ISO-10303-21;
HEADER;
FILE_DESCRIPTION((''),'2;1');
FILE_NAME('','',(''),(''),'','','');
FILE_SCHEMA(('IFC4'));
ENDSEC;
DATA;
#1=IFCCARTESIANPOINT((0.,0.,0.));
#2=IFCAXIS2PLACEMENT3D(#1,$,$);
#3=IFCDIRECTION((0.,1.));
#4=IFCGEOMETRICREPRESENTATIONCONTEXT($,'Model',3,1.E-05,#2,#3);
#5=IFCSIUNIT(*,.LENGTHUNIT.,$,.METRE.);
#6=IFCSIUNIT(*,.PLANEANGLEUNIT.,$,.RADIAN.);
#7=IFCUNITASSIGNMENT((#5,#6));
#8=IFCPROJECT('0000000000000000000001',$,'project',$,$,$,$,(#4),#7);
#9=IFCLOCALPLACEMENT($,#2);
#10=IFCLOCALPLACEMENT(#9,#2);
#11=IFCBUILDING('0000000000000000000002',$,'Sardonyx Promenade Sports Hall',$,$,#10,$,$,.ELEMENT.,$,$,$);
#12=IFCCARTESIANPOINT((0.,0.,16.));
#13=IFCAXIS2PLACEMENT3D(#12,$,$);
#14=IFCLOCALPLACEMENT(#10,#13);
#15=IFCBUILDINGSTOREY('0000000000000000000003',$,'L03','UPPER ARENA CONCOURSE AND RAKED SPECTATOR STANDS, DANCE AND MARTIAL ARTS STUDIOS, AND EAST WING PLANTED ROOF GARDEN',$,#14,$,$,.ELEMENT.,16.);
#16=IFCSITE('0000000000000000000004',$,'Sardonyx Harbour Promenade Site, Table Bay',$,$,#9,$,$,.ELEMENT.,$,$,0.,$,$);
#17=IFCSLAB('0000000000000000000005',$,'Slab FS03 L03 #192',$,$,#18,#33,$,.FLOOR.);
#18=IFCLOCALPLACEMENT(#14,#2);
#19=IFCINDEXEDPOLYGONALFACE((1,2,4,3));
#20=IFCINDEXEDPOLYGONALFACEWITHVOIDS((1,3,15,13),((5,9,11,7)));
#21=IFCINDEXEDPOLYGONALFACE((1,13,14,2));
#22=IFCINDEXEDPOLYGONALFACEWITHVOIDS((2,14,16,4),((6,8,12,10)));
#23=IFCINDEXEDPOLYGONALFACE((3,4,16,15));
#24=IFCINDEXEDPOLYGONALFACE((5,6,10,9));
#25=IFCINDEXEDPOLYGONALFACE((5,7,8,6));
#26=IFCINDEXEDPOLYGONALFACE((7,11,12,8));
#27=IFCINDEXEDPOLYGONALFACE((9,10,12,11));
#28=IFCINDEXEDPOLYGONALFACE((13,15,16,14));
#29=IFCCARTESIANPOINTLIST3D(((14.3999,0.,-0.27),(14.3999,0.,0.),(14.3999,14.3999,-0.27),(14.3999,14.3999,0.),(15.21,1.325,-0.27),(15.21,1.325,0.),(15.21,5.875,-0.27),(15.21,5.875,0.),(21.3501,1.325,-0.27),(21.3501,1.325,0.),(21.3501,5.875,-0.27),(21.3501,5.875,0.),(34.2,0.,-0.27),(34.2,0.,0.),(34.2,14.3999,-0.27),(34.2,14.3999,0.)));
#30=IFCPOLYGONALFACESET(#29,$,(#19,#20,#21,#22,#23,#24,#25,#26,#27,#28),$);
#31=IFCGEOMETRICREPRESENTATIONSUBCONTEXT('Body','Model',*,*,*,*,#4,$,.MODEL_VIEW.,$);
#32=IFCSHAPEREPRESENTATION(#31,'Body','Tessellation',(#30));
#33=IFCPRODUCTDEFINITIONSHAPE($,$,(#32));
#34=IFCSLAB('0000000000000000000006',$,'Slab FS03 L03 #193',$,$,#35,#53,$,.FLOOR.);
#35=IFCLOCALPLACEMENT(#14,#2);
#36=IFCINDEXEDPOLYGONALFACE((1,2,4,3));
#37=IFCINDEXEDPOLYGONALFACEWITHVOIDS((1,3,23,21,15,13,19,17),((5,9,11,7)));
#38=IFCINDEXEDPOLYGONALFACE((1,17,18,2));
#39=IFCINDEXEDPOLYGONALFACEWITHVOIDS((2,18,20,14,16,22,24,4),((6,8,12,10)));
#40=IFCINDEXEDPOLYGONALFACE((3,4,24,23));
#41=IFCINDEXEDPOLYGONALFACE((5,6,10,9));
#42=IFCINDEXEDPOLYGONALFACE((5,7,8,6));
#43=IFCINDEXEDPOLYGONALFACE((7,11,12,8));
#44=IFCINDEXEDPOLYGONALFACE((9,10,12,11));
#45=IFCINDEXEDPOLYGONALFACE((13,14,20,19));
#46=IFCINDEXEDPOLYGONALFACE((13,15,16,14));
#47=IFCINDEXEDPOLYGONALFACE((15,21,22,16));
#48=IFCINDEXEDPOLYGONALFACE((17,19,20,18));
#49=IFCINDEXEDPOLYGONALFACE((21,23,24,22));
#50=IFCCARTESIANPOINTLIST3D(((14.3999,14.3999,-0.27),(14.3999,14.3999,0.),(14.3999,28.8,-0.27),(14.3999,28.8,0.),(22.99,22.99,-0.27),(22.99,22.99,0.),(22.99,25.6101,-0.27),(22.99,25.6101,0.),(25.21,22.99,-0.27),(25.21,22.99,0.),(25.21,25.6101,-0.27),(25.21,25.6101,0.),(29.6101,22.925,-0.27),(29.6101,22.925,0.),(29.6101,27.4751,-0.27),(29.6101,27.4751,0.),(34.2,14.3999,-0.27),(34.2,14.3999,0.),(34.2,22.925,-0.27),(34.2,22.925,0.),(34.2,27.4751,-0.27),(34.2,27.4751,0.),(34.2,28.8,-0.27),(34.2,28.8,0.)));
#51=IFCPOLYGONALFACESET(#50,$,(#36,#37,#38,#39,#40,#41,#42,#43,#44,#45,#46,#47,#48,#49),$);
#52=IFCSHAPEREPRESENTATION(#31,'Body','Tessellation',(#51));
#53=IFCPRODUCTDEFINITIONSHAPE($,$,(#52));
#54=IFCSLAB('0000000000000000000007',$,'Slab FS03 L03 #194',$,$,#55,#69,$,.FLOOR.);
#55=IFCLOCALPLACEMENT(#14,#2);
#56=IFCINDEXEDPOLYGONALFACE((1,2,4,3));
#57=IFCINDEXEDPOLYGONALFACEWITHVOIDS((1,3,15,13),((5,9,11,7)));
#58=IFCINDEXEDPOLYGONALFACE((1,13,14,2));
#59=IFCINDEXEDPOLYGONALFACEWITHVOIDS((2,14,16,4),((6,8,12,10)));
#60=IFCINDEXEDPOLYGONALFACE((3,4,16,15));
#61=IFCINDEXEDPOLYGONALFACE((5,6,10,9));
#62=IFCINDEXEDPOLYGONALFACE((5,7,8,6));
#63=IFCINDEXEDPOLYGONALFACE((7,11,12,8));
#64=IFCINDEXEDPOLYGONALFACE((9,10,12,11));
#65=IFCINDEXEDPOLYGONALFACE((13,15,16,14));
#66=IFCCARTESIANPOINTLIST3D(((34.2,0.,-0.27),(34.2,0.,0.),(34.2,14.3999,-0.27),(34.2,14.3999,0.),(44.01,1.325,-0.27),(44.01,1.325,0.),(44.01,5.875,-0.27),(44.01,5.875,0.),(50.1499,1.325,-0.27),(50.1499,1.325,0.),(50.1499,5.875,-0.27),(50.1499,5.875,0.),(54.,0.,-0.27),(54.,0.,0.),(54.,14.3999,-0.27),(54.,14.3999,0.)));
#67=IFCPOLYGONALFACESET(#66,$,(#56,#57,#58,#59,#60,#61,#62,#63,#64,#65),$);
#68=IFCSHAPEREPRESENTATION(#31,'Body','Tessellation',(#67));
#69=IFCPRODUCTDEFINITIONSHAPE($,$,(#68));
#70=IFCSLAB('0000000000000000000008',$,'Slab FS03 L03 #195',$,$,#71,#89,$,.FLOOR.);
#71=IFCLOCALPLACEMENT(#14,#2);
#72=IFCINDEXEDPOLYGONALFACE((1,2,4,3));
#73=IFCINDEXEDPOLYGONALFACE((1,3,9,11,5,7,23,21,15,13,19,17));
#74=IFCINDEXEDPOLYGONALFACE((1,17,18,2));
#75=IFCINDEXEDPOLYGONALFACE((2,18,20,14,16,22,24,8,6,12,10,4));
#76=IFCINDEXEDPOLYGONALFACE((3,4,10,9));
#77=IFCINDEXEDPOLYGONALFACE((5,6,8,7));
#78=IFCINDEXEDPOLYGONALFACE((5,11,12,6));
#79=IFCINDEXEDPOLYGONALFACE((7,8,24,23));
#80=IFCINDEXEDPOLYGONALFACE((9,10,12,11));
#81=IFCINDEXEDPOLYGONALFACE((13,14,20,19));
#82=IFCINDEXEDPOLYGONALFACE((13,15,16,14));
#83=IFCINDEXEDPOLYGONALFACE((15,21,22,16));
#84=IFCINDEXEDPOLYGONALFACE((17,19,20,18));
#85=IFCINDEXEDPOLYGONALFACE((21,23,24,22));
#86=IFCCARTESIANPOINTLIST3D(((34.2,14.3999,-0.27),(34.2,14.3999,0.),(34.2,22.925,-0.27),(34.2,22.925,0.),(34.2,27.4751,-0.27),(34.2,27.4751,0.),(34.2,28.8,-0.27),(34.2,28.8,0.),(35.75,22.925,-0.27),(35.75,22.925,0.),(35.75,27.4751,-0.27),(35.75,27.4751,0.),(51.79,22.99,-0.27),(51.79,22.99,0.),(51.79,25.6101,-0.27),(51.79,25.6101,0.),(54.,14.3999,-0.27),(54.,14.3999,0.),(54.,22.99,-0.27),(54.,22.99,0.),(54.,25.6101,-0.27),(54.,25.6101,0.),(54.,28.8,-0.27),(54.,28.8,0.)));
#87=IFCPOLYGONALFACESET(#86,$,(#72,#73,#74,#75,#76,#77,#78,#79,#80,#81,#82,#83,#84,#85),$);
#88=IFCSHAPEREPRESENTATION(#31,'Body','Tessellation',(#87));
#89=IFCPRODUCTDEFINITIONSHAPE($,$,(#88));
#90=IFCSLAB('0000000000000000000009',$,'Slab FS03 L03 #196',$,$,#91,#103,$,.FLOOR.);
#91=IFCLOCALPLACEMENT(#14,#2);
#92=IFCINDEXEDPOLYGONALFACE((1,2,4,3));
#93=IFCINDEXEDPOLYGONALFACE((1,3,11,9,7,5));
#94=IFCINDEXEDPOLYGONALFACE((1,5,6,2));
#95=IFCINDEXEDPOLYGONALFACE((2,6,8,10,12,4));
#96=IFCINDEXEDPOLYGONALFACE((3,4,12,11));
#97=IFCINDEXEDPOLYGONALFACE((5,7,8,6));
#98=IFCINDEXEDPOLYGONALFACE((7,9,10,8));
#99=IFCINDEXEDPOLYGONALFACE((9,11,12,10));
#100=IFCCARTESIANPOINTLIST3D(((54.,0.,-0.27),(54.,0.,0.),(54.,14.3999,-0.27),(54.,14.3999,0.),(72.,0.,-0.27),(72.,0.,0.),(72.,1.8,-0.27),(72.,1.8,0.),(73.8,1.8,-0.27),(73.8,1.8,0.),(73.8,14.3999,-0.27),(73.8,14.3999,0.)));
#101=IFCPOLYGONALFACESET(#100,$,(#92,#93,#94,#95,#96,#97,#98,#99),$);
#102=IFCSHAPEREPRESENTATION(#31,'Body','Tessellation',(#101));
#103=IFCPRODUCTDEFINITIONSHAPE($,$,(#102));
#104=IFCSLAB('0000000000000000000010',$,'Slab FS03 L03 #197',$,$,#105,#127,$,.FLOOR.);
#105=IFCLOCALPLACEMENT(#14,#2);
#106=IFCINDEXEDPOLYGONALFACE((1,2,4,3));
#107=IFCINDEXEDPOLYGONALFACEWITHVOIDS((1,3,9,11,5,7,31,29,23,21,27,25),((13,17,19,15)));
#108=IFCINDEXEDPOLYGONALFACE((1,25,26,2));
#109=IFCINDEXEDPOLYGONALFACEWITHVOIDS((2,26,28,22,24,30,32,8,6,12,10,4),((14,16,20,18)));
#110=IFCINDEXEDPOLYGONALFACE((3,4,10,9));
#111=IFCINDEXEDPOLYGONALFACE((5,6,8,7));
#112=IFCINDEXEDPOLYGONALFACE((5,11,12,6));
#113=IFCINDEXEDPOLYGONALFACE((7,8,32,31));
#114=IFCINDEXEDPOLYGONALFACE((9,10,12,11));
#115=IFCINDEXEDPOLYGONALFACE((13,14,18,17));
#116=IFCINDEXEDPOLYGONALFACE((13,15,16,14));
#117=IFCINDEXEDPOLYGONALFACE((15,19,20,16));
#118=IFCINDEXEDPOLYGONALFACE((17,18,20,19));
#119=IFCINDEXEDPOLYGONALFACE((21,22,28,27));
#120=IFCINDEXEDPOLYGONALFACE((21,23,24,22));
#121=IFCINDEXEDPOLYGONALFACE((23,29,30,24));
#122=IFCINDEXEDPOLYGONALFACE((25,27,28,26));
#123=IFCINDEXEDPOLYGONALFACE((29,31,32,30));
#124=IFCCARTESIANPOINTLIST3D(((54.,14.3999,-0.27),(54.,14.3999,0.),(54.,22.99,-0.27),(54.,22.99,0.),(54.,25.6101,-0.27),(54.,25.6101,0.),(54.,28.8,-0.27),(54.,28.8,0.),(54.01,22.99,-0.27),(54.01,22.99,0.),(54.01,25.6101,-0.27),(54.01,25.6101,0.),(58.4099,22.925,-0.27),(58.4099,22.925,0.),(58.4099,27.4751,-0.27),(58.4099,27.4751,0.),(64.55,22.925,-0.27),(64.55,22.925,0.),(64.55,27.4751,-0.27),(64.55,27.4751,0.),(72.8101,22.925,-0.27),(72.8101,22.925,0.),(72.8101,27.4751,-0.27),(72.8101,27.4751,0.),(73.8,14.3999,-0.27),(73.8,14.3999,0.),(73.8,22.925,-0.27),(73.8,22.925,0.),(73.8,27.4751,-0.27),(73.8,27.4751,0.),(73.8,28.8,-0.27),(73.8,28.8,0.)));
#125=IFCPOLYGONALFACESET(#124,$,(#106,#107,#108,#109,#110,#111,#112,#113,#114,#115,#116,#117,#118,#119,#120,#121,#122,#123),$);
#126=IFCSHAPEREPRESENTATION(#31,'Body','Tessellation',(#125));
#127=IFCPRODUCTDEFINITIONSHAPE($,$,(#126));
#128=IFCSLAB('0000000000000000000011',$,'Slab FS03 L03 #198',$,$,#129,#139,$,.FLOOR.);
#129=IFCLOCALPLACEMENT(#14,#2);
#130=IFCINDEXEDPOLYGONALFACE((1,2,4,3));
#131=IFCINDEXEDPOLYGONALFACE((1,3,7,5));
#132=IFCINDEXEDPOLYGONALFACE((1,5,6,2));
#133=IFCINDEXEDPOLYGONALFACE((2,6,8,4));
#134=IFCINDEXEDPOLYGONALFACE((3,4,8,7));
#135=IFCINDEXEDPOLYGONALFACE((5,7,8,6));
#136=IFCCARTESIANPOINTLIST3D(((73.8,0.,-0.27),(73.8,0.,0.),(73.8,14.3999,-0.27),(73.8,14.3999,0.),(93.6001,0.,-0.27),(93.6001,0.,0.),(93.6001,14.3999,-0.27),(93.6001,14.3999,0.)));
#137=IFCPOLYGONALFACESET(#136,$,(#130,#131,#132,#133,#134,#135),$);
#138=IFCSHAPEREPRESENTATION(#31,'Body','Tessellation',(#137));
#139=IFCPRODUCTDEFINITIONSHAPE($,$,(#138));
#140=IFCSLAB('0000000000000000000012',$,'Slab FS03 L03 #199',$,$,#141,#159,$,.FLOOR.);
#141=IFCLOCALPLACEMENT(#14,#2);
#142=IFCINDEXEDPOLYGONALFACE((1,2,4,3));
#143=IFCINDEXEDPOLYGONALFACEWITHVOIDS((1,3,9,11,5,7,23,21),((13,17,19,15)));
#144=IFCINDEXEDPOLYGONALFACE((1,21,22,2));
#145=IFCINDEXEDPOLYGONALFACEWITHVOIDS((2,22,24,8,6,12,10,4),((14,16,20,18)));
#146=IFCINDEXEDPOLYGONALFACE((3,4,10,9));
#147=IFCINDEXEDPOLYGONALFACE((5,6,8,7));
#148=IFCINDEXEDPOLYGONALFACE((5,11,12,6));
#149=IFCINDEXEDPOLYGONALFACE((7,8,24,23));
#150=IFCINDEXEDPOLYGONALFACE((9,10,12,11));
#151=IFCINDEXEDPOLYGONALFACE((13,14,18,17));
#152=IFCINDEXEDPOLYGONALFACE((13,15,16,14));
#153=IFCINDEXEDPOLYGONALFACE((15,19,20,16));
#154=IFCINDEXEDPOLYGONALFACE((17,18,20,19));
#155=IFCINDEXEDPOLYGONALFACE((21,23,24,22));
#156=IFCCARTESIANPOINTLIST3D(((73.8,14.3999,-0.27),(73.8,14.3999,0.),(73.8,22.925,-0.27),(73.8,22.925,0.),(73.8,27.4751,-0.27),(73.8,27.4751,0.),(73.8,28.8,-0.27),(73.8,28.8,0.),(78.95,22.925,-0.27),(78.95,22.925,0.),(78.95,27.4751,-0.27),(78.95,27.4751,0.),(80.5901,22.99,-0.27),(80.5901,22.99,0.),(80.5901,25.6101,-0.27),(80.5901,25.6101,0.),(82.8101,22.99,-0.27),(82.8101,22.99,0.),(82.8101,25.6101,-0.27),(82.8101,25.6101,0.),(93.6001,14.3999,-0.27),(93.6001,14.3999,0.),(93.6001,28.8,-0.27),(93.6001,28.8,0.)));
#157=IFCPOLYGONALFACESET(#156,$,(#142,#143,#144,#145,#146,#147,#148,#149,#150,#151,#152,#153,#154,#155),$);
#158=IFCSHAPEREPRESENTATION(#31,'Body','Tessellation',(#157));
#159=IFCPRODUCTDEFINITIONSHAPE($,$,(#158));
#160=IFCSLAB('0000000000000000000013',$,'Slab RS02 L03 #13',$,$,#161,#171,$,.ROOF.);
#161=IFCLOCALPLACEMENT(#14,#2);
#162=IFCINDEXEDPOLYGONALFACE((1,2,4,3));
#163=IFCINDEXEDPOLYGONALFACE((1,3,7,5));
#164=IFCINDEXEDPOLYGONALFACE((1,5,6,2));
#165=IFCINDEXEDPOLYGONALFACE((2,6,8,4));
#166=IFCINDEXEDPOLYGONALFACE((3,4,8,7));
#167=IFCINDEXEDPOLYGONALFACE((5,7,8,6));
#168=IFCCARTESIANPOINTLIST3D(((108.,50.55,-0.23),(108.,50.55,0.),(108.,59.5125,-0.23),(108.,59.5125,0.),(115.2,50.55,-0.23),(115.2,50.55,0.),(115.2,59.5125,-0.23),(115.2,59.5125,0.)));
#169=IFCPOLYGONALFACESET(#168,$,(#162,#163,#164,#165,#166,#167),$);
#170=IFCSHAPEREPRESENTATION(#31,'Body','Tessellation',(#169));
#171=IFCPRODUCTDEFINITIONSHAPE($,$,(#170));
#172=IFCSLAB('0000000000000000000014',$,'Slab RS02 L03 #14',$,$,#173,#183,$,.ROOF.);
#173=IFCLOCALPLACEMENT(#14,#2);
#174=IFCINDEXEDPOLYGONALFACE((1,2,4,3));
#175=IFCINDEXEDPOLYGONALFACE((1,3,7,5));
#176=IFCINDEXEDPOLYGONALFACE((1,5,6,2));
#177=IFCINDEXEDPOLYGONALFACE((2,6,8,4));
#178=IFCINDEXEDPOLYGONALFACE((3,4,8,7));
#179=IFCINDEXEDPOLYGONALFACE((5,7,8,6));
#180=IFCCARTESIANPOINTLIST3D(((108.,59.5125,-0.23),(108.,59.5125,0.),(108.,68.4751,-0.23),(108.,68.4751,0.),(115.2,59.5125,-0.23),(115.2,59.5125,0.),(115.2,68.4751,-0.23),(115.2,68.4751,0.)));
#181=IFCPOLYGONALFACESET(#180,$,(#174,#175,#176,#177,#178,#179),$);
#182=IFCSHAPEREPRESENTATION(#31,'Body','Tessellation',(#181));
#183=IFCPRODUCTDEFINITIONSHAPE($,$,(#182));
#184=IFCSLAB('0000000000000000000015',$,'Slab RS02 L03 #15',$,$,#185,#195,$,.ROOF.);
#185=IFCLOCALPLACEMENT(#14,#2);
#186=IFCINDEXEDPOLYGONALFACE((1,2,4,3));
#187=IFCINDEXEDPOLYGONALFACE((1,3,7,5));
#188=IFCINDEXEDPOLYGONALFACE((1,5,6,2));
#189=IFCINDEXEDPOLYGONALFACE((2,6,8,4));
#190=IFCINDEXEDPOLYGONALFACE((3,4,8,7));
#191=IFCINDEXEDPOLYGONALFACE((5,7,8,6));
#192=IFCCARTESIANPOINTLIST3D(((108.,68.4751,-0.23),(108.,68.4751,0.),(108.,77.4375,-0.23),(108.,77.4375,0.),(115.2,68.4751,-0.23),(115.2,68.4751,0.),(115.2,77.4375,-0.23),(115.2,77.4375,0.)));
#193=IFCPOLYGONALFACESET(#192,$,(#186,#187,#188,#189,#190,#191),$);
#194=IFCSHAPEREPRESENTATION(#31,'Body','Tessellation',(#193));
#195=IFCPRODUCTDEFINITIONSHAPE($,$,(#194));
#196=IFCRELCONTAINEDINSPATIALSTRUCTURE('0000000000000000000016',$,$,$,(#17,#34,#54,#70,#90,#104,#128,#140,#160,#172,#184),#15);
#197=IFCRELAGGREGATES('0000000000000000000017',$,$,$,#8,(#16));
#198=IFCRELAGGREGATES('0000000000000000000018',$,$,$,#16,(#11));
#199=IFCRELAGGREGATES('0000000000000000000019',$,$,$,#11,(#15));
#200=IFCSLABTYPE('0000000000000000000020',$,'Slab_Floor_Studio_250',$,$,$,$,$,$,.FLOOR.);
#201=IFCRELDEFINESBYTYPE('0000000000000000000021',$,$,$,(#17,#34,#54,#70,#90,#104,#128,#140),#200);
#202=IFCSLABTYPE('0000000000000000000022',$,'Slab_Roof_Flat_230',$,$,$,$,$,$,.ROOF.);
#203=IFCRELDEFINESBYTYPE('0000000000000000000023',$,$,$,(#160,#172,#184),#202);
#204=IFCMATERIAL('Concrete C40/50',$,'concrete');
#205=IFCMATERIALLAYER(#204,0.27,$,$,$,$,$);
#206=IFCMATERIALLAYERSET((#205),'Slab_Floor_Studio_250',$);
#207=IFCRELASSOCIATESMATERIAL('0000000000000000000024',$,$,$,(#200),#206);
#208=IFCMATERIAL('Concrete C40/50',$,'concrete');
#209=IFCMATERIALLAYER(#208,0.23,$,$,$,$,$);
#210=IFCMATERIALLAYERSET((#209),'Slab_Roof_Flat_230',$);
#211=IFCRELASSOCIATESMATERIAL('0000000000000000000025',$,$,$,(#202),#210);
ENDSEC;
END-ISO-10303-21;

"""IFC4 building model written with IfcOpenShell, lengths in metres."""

from ifc_helpers import new_model, si_unit, direction, frame, origin, place, context, subcontext, project, spatial, polyline, outline, extrude, material, layer, layer_set, type_object, element, save


model = new_model("IFC4")

# Units and contexts
model_context = context("Model", 3, precision=1e-05, world=origin(), true_north=direction((0.0, 1.0)))
body_context = subcontext(model_context, "Body", "Model", "MODEL_VIEW")
ifc_project = project(units=[si_unit("LENGTHUNIT", "METRE"), si_unit("PLANEANGLEUNIT", "RADIAN")], contexts=[model_context])

# Site, building, storey
site_placement = place(None, origin())
site = spatial("IfcSite", under=ifc_project, at=site_placement, Name="Sardonyx Harbour Promenade Site, Table Bay", CompositionType="ELEMENT", RefElevation=0.0)
building_placement = place(site_placement, origin())
building = spatial("IfcBuilding", under=site, at=building_placement, Name="Sardonyx Promenade Sports Hall", CompositionType="ELEMENT")
storey_placement = place(building_placement, frame((0.0, 0.0, 16.0)))
storey = spatial("IfcBuildingStorey", under=building, at=storey_placement, Name="L03", Description="UPPER ARENA CONCOURSE AND RAKED SPECTATOR STANDS, DANCE AND MARTIAL ARTS STUDIOS, AND EAST WING PLANTED ROOF GARDEN", CompositionType="ELEMENT", Elevation=16.0)

# Slabs
ifc_material_1 = material(Name="Concrete C40/50", Category="concrete")
ifc_layer_1 = layer(ifc_material_1, 0.27)
ifc_layer_set_1 = layer_set([ifc_layer_1], Name="Slab_Floor_Studio_250")
slab_type_1 = type_object("IfcSlabType", Name="Slab_Floor_Studio_250", PredefinedType="FLOOR", material=ifc_layer_set_1)
slab_1_placement = place(storey_placement, frame((0.0, 0.0, -0.27)))
element("IfcSlab", 1, at=slab_1_placement, inside=storey, type_object=slab_type_1, Name="Slab FS03 L03 #192", PredefinedType="FLOOR", context=body_context, shape_type="SweptSolid", body=[
    extrude(outline(polyline([(14.3999, 14.3999), (14.3999, 0.0), (34.2, 0.0), (34.2, 14.3999), (14.3999, 14.3999)]), holes=[polyline([(15.21, 5.875), (21.3501, 5.875), (21.3501, 1.325), (15.21, 1.325), (15.21, 5.875)])]), origin(), (0.0, 0.0, 1.0), 0.27),
])
slab_2_placement = place(storey_placement, frame((0.0, 0.0, -0.27)))
element("IfcSlab", 2, at=slab_2_placement, inside=storey, type_object=slab_type_1, Name="Slab FS03 L03 #193", PredefinedType="FLOOR", context=body_context, shape_type="SweptSolid", body=[
    extrude(outline(polyline([(34.2, 14.3999), (34.2, 22.925), (29.6101, 22.925), (29.6101, 27.4751), (34.2, 27.4751), (34.2, 28.8), (14.3999, 28.8), (14.3999, 14.3999), (34.2, 14.3999)]), holes=[polyline([(22.99, 25.6101), (25.21, 25.6101), (25.21, 22.99), (22.99, 22.99), (22.99, 25.6101)])]), origin(), (0.0, 0.0, 1.0), 0.27),
])
slab_3_placement = place(storey_placement, frame((0.0, 0.0, -0.27)))
element("IfcSlab", 3, at=slab_3_placement, inside=storey, type_object=slab_type_1, Name="Slab FS03 L03 #194", PredefinedType="FLOOR", context=body_context, shape_type="SweptSolid", body=[
    extrude(outline(polyline([(34.2, 14.3999), (34.2, 0.0), (54.0, 0.0), (54.0, 14.3999), (34.2, 14.3999)]), holes=[polyline([(44.01, 5.875), (50.1499, 5.875), (50.1499, 1.325), (44.01, 1.325), (44.01, 5.875)])]), origin(), (0.0, 0.0, 1.0), 0.27),
])
slab_4_placement = place(storey_placement, frame((0.0, 0.0, -0.27)))
element("IfcSlab", 4, at=slab_4_placement, inside=storey, type_object=slab_type_1, Name="Slab FS03 L03 #195", PredefinedType="FLOOR", context=body_context, shape_type="SweptSolid", body=[
    extrude(outline(polyline([(54.0, 14.3999), (54.0, 22.99), (51.79, 22.99), (51.79, 25.6101), (54.0, 25.6101), (54.0, 28.8), (34.2, 28.8), (34.2, 27.4751), (35.75, 27.4751), (35.75, 22.925), (34.2, 22.925), (34.2, 14.3999), (54.0, 14.3999)])), origin(), (0.0, 0.0, 1.0), 0.27),
])
slab_5_placement = place(storey_placement, frame((0.0, 0.0, -0.27)))
element("IfcSlab", 5, at=slab_5_placement, inside=storey, type_object=slab_type_1, Name="Slab FS03 L03 #196", PredefinedType="FLOOR", context=body_context, shape_type="SweptSolid", body=[
    extrude(outline(polyline([(54.0, 0.0), (72.0, 0.0), (72.0, 1.8), (73.8, 1.8), (73.8, 14.3999), (54.0, 14.3999), (54.0, 0.0)])), origin(), (0.0, 0.0, 1.0), 0.27),
])
slab_6_placement = place(storey_placement, frame((0.0, 0.0, -0.27)))
element("IfcSlab", 6, at=slab_6_placement, inside=storey, type_object=slab_type_1, Name="Slab FS03 L03 #197", PredefinedType="FLOOR", context=body_context, shape_type="SweptSolid", body=[
    extrude(outline(polyline([(73.8, 14.3999), (73.8, 22.925), (72.8101, 22.925), (72.8101, 27.4751), (73.8, 27.4751), (73.8, 28.8), (54.0, 28.8), (54.0, 25.6101), (54.01, 25.6101), (54.01, 22.99), (54.0, 22.99), (54.0, 14.3999), (73.8, 14.3999)]), holes=[polyline([(58.4099, 27.4751), (64.55, 27.4751), (64.55, 22.925), (58.4099, 22.925), (58.4099, 27.4751)])]), origin(), (0.0, 0.0, 1.0), 0.27),
])
slab_7_placement = place(storey_placement, frame((0.0, 0.0, -0.27)))
element("IfcSlab", 7, at=slab_7_placement, inside=storey, type_object=slab_type_1, Name="Slab FS03 L03 #198", PredefinedType="FLOOR", context=body_context, shape_type="SweptSolid", body=[
    extrude(outline(polyline([(73.8, 0.0), (93.6001, 0.0), (93.6001, 14.3999), (73.8, 14.3999), (73.8, 0.0)])), origin(), (0.0, 0.0, 1.0), 0.27),
])
slab_8_placement = place(storey_placement, frame((0.0, 0.0, -0.27)))
element("IfcSlab", 8, at=slab_8_placement, inside=storey, type_object=slab_type_1, Name="Slab FS03 L03 #199", PredefinedType="FLOOR", context=body_context, shape_type="SweptSolid", body=[
    extrude(outline(polyline([(73.8, 28.8), (73.8, 27.4751), (78.95, 27.4751), (78.95, 22.925), (73.8, 22.925), (73.8, 14.3999), (93.6001, 14.3999), (93.6001, 28.8), (73.8, 28.8)]), holes=[polyline([(80.5901, 25.6101), (82.8101, 25.6101), (82.8101, 22.99), (80.5901, 22.99), (80.5901, 25.6101)])]), origin(), (0.0, 0.0, 1.0), 0.27),
])
ifc_material_2 = material(Name="Concrete C40/50", Category="concrete")
ifc_layer_2 = layer(ifc_material_2, 0.23)
ifc_layer_set_2 = layer_set([ifc_layer_2], Name="Slab_Roof_Flat_230")
slab_type_2 = type_object("IfcSlabType", Name="Slab_Roof_Flat_230", PredefinedType="ROOF", material=ifc_layer_set_2)
slab_9_placement = place(storey_placement, frame((0.0, 0.0, -0.23)))
element("IfcSlab", 9, at=slab_9_placement, inside=storey, type_object=slab_type_2, Name="Slab RS02 L03 #13", PredefinedType="ROOF", context=body_context, shape_type="SweptSolid", body=[
    extrude(outline(polyline([(108.0, 50.55), (115.2, 50.55), (115.2, 59.5125), (108.0, 59.5125), (108.0, 50.55)])), origin(), (0.0, 0.0, 1.0), 0.23),
])
slab_10_placement = place(storey_placement, frame((0.0, 0.0, -0.23)))
element("IfcSlab", 10, at=slab_10_placement, inside=storey, type_object=slab_type_2, Name="Slab RS02 L03 #14", PredefinedType="ROOF", context=body_context, shape_type="SweptSolid", body=[
    extrude(outline(polyline([(108.0, 59.5125), (115.2, 59.5125), (115.2, 68.4751), (108.0, 68.4751), (108.0, 59.5125)])), origin(), (0.0, 0.0, 1.0), 0.23),
])
slab_11_placement = place(storey_placement, frame((0.0, 0.0, -0.23)))
element("IfcSlab", 11, at=slab_11_placement, inside=storey, type_object=slab_type_2, Name="Slab RS02 L03 #15", PredefinedType="ROOF", context=body_context, shape_type="SweptSolid", body=[
    extrude(outline(polyline([(108.0, 68.4751), (115.2, 68.4751), (115.2, 77.4375), (108.0, 77.4375), (108.0, 68.4751)])), origin(), (0.0, 0.0, 1.0), 0.23),
])

save(model, "model.ifc")
